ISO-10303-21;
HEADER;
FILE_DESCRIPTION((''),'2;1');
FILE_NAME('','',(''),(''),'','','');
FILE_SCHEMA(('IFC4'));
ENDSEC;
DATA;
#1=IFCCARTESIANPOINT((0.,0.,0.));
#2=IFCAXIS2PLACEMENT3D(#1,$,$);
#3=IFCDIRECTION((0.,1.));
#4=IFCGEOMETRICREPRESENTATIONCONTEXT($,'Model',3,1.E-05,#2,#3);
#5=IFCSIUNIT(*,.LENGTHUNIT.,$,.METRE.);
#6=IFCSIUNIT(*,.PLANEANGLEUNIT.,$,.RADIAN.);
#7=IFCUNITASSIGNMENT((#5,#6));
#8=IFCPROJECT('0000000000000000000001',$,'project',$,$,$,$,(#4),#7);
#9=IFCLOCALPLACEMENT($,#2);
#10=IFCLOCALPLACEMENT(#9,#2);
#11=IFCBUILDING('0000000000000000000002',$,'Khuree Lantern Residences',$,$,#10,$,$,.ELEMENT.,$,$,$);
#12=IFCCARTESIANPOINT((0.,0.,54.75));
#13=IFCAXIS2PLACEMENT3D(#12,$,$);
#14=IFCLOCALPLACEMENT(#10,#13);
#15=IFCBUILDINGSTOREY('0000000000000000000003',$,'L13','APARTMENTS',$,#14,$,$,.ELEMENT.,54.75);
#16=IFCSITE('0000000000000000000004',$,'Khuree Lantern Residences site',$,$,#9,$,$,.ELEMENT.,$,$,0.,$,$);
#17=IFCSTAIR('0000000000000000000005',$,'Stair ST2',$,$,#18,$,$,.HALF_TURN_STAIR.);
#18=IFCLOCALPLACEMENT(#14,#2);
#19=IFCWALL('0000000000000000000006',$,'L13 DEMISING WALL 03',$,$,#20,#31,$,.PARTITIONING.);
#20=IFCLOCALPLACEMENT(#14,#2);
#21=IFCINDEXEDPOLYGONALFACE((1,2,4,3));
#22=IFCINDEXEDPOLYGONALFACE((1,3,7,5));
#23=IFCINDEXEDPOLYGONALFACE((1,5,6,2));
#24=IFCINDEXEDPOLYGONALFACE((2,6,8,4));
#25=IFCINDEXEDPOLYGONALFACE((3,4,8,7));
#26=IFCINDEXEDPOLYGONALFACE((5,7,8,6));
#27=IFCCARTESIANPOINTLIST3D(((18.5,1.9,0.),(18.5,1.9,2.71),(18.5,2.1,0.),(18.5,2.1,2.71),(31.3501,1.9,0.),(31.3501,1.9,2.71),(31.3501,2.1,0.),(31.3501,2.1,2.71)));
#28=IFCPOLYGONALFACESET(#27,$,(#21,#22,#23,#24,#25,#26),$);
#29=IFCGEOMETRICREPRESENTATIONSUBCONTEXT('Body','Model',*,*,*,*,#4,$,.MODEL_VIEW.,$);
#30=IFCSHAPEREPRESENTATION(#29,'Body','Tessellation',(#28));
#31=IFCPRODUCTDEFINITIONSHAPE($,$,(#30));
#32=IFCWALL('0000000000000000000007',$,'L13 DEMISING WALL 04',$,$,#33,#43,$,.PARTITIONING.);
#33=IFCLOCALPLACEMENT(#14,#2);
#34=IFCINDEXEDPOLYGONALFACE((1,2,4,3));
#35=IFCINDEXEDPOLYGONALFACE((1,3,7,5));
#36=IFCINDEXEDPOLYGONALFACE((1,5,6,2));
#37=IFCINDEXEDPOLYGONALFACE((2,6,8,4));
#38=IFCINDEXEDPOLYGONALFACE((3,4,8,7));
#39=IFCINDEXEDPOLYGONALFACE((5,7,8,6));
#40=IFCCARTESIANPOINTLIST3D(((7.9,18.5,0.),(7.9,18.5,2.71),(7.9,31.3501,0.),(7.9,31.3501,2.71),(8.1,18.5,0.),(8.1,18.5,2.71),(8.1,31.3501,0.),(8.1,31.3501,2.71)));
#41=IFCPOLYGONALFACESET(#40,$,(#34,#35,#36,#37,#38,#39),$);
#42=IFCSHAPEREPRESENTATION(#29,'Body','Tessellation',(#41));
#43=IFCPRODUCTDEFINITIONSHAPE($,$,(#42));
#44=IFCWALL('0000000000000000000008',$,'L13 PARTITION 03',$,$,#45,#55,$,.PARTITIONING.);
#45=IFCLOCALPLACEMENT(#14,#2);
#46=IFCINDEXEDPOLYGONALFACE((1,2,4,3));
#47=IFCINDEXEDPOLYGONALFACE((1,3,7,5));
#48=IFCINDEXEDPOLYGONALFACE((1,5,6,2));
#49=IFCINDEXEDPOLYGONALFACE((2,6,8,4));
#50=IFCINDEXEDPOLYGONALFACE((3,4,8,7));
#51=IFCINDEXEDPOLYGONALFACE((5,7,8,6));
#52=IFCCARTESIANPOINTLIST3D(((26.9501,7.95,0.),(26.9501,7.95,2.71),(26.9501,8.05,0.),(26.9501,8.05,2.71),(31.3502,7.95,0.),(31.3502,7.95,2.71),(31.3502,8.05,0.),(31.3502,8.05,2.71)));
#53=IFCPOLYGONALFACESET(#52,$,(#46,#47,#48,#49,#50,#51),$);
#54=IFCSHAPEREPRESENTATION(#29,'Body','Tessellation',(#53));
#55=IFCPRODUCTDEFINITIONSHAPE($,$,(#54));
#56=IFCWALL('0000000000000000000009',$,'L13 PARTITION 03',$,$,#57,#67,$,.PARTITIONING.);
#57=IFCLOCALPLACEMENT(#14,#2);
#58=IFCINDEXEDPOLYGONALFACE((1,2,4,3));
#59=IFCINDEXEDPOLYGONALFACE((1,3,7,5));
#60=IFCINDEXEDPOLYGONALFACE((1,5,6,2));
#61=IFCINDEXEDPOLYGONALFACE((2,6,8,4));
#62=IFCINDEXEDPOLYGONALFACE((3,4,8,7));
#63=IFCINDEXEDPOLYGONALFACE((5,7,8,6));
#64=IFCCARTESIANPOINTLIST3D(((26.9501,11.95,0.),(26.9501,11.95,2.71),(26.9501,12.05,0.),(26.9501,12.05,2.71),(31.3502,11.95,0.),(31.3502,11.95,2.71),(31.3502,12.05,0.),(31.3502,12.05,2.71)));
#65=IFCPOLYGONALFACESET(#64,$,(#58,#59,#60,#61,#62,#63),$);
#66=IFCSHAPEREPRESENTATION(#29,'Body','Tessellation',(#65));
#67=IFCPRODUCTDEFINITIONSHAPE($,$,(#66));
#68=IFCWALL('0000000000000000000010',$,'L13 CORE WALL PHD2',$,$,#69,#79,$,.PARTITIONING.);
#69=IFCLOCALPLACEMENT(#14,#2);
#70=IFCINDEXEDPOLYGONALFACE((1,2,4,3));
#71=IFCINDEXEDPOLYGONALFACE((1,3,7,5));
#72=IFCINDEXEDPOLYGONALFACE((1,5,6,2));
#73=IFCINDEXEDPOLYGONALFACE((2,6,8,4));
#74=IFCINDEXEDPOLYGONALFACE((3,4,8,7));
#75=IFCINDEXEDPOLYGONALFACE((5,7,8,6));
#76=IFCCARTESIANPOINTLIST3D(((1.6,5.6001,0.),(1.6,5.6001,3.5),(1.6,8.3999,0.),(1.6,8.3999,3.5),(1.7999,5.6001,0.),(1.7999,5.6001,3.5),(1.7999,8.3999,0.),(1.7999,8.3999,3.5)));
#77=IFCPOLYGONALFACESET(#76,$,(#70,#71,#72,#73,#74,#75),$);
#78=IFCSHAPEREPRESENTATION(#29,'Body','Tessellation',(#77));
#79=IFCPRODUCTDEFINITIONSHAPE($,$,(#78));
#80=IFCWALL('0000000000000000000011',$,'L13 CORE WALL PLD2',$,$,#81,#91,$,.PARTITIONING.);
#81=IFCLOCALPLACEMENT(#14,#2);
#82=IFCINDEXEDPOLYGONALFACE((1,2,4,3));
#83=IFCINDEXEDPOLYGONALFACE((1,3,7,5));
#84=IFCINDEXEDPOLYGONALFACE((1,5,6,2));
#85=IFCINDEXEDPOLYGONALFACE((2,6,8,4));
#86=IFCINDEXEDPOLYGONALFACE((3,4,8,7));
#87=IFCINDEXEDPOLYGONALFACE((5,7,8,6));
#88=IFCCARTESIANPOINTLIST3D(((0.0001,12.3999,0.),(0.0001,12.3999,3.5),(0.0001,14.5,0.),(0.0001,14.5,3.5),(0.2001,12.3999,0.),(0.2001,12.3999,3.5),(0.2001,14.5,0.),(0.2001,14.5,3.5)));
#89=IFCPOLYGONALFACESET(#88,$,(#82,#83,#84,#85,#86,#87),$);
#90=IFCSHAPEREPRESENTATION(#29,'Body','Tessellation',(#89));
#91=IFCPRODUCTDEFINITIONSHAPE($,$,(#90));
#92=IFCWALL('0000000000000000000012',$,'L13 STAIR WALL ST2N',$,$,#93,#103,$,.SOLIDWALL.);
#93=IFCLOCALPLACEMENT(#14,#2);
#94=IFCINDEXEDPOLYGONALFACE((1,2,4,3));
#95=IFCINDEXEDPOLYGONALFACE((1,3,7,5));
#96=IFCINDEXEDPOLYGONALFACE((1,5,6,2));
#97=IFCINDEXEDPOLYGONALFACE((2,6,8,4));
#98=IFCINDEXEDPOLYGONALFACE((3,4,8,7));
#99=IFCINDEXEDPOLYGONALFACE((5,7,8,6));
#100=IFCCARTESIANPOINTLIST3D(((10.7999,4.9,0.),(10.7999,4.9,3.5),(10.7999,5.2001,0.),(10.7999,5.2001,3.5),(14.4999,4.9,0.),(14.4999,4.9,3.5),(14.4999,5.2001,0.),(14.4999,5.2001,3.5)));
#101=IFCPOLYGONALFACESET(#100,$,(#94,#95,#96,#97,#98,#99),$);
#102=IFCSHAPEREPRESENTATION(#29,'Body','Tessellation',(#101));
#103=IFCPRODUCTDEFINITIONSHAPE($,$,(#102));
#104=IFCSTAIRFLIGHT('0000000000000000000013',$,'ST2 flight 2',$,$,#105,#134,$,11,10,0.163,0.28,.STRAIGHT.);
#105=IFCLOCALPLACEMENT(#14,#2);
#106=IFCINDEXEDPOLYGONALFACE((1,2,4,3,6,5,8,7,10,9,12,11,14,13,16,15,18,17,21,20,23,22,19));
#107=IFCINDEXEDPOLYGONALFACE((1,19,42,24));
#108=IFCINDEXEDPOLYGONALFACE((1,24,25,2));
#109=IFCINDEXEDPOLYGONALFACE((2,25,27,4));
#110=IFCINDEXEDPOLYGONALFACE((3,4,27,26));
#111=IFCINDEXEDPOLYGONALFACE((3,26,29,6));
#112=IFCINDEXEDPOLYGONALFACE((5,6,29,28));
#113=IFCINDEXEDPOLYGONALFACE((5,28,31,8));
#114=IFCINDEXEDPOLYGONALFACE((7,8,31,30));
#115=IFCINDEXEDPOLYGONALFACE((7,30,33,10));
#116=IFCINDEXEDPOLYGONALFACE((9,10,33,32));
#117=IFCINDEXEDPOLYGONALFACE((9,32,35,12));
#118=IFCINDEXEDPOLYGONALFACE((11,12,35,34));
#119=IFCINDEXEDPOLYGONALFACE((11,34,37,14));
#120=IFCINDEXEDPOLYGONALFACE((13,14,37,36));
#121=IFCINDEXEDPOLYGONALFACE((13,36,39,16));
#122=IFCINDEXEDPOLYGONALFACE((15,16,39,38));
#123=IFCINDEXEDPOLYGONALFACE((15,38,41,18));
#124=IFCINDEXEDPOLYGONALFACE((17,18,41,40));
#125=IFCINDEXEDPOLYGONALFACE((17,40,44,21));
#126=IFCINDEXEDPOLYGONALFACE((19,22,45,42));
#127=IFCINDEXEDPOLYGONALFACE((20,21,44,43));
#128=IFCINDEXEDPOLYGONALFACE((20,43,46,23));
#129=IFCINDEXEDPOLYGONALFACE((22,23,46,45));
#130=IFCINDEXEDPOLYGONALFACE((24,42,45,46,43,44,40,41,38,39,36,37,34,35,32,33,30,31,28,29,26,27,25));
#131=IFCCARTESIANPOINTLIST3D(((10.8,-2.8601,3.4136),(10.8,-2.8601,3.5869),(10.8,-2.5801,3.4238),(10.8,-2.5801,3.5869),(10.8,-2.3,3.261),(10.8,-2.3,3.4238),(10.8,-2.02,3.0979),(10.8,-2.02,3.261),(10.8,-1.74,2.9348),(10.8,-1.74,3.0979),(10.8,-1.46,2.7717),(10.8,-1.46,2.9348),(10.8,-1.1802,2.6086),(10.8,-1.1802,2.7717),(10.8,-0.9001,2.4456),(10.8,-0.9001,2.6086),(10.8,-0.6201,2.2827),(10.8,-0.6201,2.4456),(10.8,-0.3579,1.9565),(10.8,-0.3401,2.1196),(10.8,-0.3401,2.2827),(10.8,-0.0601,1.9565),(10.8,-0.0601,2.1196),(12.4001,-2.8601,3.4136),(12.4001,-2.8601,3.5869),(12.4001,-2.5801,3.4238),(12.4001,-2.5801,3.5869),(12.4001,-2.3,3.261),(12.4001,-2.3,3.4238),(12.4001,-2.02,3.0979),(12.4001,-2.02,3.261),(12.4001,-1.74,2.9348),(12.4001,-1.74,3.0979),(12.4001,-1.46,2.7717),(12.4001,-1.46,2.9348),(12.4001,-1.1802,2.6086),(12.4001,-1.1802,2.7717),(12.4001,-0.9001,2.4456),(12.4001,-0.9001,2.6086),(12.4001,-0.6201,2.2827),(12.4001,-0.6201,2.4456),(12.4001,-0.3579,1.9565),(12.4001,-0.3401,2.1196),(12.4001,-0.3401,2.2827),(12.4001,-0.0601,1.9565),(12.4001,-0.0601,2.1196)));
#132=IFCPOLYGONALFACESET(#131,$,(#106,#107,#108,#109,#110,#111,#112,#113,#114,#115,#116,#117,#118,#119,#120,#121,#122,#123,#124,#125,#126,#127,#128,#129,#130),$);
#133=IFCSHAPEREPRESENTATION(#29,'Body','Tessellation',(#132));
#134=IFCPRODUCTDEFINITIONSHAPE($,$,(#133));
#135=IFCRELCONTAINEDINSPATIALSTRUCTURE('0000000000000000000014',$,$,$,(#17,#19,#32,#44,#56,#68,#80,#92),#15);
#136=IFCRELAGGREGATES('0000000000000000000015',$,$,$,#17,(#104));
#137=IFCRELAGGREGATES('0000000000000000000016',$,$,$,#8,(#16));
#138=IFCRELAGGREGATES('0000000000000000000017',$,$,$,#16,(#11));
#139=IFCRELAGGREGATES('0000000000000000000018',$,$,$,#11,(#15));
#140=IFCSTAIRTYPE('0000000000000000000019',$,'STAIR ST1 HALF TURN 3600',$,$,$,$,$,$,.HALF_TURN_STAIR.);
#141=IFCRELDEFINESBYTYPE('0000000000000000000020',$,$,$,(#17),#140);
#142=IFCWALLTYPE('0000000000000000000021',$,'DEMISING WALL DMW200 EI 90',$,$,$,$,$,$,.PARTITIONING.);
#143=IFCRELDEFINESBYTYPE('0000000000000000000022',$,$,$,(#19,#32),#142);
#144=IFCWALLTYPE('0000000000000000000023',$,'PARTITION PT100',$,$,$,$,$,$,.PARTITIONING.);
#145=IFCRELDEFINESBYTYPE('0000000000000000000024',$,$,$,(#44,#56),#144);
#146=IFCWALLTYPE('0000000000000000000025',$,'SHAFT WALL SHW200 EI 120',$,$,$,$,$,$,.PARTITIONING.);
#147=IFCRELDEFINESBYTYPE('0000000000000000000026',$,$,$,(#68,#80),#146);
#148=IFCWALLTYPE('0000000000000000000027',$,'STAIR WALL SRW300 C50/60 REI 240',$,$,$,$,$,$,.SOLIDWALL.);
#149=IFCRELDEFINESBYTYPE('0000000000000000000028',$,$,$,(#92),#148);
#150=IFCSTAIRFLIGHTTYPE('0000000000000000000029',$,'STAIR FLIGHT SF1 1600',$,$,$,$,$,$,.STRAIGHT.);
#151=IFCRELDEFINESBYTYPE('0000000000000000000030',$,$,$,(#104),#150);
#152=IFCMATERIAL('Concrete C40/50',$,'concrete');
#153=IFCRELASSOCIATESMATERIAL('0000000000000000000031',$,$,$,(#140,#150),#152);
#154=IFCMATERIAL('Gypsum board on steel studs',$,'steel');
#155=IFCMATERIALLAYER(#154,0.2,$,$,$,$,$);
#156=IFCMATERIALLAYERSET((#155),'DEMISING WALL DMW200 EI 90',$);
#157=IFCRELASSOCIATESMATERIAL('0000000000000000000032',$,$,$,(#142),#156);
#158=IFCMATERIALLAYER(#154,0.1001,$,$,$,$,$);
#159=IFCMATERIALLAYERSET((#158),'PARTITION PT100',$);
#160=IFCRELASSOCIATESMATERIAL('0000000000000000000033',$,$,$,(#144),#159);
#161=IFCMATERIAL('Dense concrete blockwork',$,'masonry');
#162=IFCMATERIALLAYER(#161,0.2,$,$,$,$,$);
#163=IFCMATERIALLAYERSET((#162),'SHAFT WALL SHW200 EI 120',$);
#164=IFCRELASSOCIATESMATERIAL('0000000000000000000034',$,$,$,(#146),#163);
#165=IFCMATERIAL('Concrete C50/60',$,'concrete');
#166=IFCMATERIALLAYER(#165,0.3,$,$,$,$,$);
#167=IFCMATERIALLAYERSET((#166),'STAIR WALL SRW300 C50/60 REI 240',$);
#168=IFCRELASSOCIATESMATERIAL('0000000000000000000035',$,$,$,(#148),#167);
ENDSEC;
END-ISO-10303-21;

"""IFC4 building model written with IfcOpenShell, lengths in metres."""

from ifc_helpers import new_model, si_unit, direction, frame, frame_2d, origin, place, context, subcontext, project, spatial, polyline, rectangle, outline, extrude, material, layer, layer_set, type_object, element, aggregate, save


model = new_model("IFC4")

# Units and contexts
model_context = context("Model", 3, precision=1e-05, world=origin(), true_north=direction((0.0, 1.0)))
body_context = subcontext(model_context, "Body", "Model", "MODEL_VIEW")
ifc_project = project(units=[si_unit("LENGTHUNIT", "METRE"), si_unit("PLANEANGLEUNIT", "RADIAN")], contexts=[model_context])

# Site, building, storey
site_placement = place(None, origin())
site = spatial("IfcSite", under=ifc_project, at=site_placement, Name="Khuree Lantern Residences site", CompositionType="ELEMENT", RefElevation=0.0)
building_placement = place(site_placement, origin())
building = spatial("IfcBuilding", under=site, at=building_placement, Name="Khuree Lantern Residences", CompositionType="ELEMENT")
storey_placement = place(building_placement, frame((0.0, 0.0, 54.75)))
storey = spatial("IfcBuildingStorey", under=building, at=storey_placement, Name="L13", Description="APARTMENTS", CompositionType="ELEMENT", Elevation=54.75)

# Stair
ifc_material_1 = material(Name="Concrete C40/50", Category="concrete")
stair_type = type_object("IfcStairType", Name="STAIR ST1 HALF TURN 3600", PredefinedType="HALF_TURN_STAIR", material=ifc_material_1)
stair_1_placement = place(storey_placement, origin())
stair_1 = element("IfcStair", 1, at=stair_1_placement, inside=storey, type_object=stair_type, Name="Stair ST2", PredefinedType="HALF_TURN_STAIR")

# Shared definitions
ifc_material_2 = material(Name="Dense concrete blockwork", Category="masonry")

# Walls
ifc_material_3 = material(Name="Gypsum board on steel studs", Category="steel")
ifc_layer_1 = layer(ifc_material_3, 0.2)
ifc_layer_set_1 = layer_set([ifc_layer_1], Name="DEMISING WALL DMW200 EI 90")
wall_type_1 = type_object("IfcWallType", Name="DEMISING WALL DMW200 EI 90", PredefinedType="PARTITIONING", material=ifc_layer_set_1)
for number, where, z_axis, x_axis, name in (
    (2, (18.5, 2.0, 0.0), (0.0, 0.0, 1.0), (1.0, 0.0, 0.0), "L13 DEMISING WALL 03"),
    (3, (8.0, 18.5, 0.0), (0.0, 0.0, 1.0), (0.0, 1.0, 0.0), "L13 DEMISING WALL 04"),
):
    element("IfcWall", number, at=place(storey_placement, frame(where, z_axis=z_axis, x_axis=x_axis)), inside=storey, type_object=wall_type_1, Name=name, PredefinedType="PARTITIONING", context=body_context, shape_type="SweptSolid", body=[
        extrude(rectangle(XDim=12.8501, YDim=0.2, at=frame_2d((6.425, 0.0))), origin(), (0.0, 0.0, 1.0), 2.71),
    ])
ifc_layer_2 = layer(ifc_material_3, 0.1001)
ifc_layer_set_2 = layer_set([ifc_layer_2], Name="PARTITION PT100")
wall_type_2 = type_object("IfcWallType", Name="PARTITION PT100", PredefinedType="PARTITIONING", material=ifc_layer_set_2)
for number, where, z_axis, x_axis, name in (
    (4, (26.95, 8.0, 0.0), (0.0, 0.0, 1.0), (1.0, 0.0, 0.0), "L13 PARTITION 03"),
    (5, (26.95, 12.0, 0.0), (0.0, 0.0, 1.0), (1.0, 0.0, 0.0), "L13 PARTITION 03"),
):
    element("IfcWall", number, at=place(storey_placement, frame(where, z_axis=z_axis, x_axis=x_axis)), inside=storey, type_object=wall_type_2, Name=name, PredefinedType="PARTITIONING", context=body_context, shape_type="SweptSolid", body=[
        extrude(rectangle(XDim=4.4001, YDim=0.1001, at=frame_2d((2.2002, 0.0))), origin(), (0.0, 0.0, 1.0), 2.71),
    ])
ifc_layer_3 = layer(ifc_material_2, 0.2)
ifc_layer_set_3 = layer_set([ifc_layer_3], Name="SHAFT WALL SHW200 EI 120")
wall_type_3 = type_object("IfcWallType", Name="SHAFT WALL SHW200 EI 120", PredefinedType="PARTITIONING", material=ifc_layer_set_3)
wall_1_placement = place(storey_placement, frame((1.7, 5.6001, 0.0), z_axis=(0.0, 0.0, 1.0), x_axis=(0.0, 1.0, 0.0)))
element("IfcWall", 6, at=wall_1_placement, inside=storey, type_object=wall_type_3, Name="L13 CORE WALL PHD2", PredefinedType="PARTITIONING", context=body_context, shape_type="SweptSolid", body=[
    extrude(rectangle(XDim=2.7998, YDim=0.2, at=frame_2d((1.3999, 0.0))), origin(), (0.0, 0.0, 1.0), 3.5),
])
wall_2_placement = place(storey_placement, frame((0.1001, 12.3999, 0.0), z_axis=(0.0, 0.0, 1.0), x_axis=(0.0, 1.0, 0.0)))
element("IfcWall", 7, at=wall_2_placement, inside=storey, type_object=wall_type_3, Name="L13 CORE WALL PLD2", PredefinedType="PARTITIONING", context=body_context, shape_type="SweptSolid", body=[
    extrude(rectangle(XDim=2.1001, YDim=0.2, at=frame_2d((1.05, 0.0))), origin(), (0.0, 0.0, 1.0), 3.5),
])
ifc_material_4 = material(Name="Concrete C50/60", Category="concrete")
ifc_layer_4 = layer(ifc_material_4, 0.3)
ifc_layer_set_4 = layer_set([ifc_layer_4], Name="STAIR WALL SRW300 C50/60 REI 240")
wall_type_4 = type_object("IfcWallType", Name="STAIR WALL SRW300 C50/60 REI 240", PredefinedType="SOLIDWALL", material=ifc_layer_set_4)
wall_3_placement = place(storey_placement, frame((14.5, 5.05, 0.0), z_axis=(0.0, 0.0, 1.0), x_axis=(-1.0, 0.0, 0.0)))
element("IfcWall", 8, at=wall_3_placement, inside=storey, type_object=wall_type_4, Name="L13 STAIR WALL ST2N", PredefinedType="SOLIDWALL", context=body_context, shape_type="SweptSolid", body=[
    extrude(rectangle(XDim=3.7, YDim=0.3, at=frame_2d((1.8501, 0.0))), origin(), (0.0, 0.0, 1.0), 3.5),
])

# Stair flight
stair_flight_type = type_object("IfcStairFlightType", Name="STAIR FLIGHT SF1 1600", PredefinedType="STRAIGHT", material=ifc_material_1)
stair_flight_placement = place(storey_placement, frame((11.6001, -0.0601, 1.9565), z_axis=(0.0, 0.0, 1.0), x_axis=(0.0, -1.0, 0.0)))
stair_flight = element("IfcStairFlight", 9, at=stair_flight_placement, type_object=stair_flight_type, Name="ST2 flight 2", NumberOfRisers=11, NumberOfTreads=10, PredefinedType="STRAIGHT", RiserHeight=0.163, TreadLength=0.28, context=body_context, shape_type="SweptSolid", body=[
    extrude(outline(polyline([(0.0, 0.0), (0.0, 0.1631), (0.28, 0.1631), (0.28, 0.3262), (0.5601, 0.3262), (0.5601, 0.489), (0.8401, 0.489), (0.8401, 0.6521), (1.1201, 0.6521), (1.1201, 0.8152), (1.3999, 0.8152), (1.3999, 0.9783), (1.6799, 0.9783), (1.6799, 1.1414), (1.96, 1.1414), (1.96, 1.3044), (2.24, 1.3044), (2.24, 1.4673), (2.52, 1.4673), (2.52, 1.6304), (2.8, 1.6304), (2.8, 1.7935), (2.8, 1.457), (0.2979, 0.0), (0.0, 0.0)])), frame((0.0, 0.8, 0.0), z_axis=(0.0, -1.0, 0.0), x_axis=(1.0, 0.0, 0.0)), (0.0, 0.0, 1.0), 1.6001),
])
aggregate(stair_1, [stair_flight])

save(model, "model.ifc")
